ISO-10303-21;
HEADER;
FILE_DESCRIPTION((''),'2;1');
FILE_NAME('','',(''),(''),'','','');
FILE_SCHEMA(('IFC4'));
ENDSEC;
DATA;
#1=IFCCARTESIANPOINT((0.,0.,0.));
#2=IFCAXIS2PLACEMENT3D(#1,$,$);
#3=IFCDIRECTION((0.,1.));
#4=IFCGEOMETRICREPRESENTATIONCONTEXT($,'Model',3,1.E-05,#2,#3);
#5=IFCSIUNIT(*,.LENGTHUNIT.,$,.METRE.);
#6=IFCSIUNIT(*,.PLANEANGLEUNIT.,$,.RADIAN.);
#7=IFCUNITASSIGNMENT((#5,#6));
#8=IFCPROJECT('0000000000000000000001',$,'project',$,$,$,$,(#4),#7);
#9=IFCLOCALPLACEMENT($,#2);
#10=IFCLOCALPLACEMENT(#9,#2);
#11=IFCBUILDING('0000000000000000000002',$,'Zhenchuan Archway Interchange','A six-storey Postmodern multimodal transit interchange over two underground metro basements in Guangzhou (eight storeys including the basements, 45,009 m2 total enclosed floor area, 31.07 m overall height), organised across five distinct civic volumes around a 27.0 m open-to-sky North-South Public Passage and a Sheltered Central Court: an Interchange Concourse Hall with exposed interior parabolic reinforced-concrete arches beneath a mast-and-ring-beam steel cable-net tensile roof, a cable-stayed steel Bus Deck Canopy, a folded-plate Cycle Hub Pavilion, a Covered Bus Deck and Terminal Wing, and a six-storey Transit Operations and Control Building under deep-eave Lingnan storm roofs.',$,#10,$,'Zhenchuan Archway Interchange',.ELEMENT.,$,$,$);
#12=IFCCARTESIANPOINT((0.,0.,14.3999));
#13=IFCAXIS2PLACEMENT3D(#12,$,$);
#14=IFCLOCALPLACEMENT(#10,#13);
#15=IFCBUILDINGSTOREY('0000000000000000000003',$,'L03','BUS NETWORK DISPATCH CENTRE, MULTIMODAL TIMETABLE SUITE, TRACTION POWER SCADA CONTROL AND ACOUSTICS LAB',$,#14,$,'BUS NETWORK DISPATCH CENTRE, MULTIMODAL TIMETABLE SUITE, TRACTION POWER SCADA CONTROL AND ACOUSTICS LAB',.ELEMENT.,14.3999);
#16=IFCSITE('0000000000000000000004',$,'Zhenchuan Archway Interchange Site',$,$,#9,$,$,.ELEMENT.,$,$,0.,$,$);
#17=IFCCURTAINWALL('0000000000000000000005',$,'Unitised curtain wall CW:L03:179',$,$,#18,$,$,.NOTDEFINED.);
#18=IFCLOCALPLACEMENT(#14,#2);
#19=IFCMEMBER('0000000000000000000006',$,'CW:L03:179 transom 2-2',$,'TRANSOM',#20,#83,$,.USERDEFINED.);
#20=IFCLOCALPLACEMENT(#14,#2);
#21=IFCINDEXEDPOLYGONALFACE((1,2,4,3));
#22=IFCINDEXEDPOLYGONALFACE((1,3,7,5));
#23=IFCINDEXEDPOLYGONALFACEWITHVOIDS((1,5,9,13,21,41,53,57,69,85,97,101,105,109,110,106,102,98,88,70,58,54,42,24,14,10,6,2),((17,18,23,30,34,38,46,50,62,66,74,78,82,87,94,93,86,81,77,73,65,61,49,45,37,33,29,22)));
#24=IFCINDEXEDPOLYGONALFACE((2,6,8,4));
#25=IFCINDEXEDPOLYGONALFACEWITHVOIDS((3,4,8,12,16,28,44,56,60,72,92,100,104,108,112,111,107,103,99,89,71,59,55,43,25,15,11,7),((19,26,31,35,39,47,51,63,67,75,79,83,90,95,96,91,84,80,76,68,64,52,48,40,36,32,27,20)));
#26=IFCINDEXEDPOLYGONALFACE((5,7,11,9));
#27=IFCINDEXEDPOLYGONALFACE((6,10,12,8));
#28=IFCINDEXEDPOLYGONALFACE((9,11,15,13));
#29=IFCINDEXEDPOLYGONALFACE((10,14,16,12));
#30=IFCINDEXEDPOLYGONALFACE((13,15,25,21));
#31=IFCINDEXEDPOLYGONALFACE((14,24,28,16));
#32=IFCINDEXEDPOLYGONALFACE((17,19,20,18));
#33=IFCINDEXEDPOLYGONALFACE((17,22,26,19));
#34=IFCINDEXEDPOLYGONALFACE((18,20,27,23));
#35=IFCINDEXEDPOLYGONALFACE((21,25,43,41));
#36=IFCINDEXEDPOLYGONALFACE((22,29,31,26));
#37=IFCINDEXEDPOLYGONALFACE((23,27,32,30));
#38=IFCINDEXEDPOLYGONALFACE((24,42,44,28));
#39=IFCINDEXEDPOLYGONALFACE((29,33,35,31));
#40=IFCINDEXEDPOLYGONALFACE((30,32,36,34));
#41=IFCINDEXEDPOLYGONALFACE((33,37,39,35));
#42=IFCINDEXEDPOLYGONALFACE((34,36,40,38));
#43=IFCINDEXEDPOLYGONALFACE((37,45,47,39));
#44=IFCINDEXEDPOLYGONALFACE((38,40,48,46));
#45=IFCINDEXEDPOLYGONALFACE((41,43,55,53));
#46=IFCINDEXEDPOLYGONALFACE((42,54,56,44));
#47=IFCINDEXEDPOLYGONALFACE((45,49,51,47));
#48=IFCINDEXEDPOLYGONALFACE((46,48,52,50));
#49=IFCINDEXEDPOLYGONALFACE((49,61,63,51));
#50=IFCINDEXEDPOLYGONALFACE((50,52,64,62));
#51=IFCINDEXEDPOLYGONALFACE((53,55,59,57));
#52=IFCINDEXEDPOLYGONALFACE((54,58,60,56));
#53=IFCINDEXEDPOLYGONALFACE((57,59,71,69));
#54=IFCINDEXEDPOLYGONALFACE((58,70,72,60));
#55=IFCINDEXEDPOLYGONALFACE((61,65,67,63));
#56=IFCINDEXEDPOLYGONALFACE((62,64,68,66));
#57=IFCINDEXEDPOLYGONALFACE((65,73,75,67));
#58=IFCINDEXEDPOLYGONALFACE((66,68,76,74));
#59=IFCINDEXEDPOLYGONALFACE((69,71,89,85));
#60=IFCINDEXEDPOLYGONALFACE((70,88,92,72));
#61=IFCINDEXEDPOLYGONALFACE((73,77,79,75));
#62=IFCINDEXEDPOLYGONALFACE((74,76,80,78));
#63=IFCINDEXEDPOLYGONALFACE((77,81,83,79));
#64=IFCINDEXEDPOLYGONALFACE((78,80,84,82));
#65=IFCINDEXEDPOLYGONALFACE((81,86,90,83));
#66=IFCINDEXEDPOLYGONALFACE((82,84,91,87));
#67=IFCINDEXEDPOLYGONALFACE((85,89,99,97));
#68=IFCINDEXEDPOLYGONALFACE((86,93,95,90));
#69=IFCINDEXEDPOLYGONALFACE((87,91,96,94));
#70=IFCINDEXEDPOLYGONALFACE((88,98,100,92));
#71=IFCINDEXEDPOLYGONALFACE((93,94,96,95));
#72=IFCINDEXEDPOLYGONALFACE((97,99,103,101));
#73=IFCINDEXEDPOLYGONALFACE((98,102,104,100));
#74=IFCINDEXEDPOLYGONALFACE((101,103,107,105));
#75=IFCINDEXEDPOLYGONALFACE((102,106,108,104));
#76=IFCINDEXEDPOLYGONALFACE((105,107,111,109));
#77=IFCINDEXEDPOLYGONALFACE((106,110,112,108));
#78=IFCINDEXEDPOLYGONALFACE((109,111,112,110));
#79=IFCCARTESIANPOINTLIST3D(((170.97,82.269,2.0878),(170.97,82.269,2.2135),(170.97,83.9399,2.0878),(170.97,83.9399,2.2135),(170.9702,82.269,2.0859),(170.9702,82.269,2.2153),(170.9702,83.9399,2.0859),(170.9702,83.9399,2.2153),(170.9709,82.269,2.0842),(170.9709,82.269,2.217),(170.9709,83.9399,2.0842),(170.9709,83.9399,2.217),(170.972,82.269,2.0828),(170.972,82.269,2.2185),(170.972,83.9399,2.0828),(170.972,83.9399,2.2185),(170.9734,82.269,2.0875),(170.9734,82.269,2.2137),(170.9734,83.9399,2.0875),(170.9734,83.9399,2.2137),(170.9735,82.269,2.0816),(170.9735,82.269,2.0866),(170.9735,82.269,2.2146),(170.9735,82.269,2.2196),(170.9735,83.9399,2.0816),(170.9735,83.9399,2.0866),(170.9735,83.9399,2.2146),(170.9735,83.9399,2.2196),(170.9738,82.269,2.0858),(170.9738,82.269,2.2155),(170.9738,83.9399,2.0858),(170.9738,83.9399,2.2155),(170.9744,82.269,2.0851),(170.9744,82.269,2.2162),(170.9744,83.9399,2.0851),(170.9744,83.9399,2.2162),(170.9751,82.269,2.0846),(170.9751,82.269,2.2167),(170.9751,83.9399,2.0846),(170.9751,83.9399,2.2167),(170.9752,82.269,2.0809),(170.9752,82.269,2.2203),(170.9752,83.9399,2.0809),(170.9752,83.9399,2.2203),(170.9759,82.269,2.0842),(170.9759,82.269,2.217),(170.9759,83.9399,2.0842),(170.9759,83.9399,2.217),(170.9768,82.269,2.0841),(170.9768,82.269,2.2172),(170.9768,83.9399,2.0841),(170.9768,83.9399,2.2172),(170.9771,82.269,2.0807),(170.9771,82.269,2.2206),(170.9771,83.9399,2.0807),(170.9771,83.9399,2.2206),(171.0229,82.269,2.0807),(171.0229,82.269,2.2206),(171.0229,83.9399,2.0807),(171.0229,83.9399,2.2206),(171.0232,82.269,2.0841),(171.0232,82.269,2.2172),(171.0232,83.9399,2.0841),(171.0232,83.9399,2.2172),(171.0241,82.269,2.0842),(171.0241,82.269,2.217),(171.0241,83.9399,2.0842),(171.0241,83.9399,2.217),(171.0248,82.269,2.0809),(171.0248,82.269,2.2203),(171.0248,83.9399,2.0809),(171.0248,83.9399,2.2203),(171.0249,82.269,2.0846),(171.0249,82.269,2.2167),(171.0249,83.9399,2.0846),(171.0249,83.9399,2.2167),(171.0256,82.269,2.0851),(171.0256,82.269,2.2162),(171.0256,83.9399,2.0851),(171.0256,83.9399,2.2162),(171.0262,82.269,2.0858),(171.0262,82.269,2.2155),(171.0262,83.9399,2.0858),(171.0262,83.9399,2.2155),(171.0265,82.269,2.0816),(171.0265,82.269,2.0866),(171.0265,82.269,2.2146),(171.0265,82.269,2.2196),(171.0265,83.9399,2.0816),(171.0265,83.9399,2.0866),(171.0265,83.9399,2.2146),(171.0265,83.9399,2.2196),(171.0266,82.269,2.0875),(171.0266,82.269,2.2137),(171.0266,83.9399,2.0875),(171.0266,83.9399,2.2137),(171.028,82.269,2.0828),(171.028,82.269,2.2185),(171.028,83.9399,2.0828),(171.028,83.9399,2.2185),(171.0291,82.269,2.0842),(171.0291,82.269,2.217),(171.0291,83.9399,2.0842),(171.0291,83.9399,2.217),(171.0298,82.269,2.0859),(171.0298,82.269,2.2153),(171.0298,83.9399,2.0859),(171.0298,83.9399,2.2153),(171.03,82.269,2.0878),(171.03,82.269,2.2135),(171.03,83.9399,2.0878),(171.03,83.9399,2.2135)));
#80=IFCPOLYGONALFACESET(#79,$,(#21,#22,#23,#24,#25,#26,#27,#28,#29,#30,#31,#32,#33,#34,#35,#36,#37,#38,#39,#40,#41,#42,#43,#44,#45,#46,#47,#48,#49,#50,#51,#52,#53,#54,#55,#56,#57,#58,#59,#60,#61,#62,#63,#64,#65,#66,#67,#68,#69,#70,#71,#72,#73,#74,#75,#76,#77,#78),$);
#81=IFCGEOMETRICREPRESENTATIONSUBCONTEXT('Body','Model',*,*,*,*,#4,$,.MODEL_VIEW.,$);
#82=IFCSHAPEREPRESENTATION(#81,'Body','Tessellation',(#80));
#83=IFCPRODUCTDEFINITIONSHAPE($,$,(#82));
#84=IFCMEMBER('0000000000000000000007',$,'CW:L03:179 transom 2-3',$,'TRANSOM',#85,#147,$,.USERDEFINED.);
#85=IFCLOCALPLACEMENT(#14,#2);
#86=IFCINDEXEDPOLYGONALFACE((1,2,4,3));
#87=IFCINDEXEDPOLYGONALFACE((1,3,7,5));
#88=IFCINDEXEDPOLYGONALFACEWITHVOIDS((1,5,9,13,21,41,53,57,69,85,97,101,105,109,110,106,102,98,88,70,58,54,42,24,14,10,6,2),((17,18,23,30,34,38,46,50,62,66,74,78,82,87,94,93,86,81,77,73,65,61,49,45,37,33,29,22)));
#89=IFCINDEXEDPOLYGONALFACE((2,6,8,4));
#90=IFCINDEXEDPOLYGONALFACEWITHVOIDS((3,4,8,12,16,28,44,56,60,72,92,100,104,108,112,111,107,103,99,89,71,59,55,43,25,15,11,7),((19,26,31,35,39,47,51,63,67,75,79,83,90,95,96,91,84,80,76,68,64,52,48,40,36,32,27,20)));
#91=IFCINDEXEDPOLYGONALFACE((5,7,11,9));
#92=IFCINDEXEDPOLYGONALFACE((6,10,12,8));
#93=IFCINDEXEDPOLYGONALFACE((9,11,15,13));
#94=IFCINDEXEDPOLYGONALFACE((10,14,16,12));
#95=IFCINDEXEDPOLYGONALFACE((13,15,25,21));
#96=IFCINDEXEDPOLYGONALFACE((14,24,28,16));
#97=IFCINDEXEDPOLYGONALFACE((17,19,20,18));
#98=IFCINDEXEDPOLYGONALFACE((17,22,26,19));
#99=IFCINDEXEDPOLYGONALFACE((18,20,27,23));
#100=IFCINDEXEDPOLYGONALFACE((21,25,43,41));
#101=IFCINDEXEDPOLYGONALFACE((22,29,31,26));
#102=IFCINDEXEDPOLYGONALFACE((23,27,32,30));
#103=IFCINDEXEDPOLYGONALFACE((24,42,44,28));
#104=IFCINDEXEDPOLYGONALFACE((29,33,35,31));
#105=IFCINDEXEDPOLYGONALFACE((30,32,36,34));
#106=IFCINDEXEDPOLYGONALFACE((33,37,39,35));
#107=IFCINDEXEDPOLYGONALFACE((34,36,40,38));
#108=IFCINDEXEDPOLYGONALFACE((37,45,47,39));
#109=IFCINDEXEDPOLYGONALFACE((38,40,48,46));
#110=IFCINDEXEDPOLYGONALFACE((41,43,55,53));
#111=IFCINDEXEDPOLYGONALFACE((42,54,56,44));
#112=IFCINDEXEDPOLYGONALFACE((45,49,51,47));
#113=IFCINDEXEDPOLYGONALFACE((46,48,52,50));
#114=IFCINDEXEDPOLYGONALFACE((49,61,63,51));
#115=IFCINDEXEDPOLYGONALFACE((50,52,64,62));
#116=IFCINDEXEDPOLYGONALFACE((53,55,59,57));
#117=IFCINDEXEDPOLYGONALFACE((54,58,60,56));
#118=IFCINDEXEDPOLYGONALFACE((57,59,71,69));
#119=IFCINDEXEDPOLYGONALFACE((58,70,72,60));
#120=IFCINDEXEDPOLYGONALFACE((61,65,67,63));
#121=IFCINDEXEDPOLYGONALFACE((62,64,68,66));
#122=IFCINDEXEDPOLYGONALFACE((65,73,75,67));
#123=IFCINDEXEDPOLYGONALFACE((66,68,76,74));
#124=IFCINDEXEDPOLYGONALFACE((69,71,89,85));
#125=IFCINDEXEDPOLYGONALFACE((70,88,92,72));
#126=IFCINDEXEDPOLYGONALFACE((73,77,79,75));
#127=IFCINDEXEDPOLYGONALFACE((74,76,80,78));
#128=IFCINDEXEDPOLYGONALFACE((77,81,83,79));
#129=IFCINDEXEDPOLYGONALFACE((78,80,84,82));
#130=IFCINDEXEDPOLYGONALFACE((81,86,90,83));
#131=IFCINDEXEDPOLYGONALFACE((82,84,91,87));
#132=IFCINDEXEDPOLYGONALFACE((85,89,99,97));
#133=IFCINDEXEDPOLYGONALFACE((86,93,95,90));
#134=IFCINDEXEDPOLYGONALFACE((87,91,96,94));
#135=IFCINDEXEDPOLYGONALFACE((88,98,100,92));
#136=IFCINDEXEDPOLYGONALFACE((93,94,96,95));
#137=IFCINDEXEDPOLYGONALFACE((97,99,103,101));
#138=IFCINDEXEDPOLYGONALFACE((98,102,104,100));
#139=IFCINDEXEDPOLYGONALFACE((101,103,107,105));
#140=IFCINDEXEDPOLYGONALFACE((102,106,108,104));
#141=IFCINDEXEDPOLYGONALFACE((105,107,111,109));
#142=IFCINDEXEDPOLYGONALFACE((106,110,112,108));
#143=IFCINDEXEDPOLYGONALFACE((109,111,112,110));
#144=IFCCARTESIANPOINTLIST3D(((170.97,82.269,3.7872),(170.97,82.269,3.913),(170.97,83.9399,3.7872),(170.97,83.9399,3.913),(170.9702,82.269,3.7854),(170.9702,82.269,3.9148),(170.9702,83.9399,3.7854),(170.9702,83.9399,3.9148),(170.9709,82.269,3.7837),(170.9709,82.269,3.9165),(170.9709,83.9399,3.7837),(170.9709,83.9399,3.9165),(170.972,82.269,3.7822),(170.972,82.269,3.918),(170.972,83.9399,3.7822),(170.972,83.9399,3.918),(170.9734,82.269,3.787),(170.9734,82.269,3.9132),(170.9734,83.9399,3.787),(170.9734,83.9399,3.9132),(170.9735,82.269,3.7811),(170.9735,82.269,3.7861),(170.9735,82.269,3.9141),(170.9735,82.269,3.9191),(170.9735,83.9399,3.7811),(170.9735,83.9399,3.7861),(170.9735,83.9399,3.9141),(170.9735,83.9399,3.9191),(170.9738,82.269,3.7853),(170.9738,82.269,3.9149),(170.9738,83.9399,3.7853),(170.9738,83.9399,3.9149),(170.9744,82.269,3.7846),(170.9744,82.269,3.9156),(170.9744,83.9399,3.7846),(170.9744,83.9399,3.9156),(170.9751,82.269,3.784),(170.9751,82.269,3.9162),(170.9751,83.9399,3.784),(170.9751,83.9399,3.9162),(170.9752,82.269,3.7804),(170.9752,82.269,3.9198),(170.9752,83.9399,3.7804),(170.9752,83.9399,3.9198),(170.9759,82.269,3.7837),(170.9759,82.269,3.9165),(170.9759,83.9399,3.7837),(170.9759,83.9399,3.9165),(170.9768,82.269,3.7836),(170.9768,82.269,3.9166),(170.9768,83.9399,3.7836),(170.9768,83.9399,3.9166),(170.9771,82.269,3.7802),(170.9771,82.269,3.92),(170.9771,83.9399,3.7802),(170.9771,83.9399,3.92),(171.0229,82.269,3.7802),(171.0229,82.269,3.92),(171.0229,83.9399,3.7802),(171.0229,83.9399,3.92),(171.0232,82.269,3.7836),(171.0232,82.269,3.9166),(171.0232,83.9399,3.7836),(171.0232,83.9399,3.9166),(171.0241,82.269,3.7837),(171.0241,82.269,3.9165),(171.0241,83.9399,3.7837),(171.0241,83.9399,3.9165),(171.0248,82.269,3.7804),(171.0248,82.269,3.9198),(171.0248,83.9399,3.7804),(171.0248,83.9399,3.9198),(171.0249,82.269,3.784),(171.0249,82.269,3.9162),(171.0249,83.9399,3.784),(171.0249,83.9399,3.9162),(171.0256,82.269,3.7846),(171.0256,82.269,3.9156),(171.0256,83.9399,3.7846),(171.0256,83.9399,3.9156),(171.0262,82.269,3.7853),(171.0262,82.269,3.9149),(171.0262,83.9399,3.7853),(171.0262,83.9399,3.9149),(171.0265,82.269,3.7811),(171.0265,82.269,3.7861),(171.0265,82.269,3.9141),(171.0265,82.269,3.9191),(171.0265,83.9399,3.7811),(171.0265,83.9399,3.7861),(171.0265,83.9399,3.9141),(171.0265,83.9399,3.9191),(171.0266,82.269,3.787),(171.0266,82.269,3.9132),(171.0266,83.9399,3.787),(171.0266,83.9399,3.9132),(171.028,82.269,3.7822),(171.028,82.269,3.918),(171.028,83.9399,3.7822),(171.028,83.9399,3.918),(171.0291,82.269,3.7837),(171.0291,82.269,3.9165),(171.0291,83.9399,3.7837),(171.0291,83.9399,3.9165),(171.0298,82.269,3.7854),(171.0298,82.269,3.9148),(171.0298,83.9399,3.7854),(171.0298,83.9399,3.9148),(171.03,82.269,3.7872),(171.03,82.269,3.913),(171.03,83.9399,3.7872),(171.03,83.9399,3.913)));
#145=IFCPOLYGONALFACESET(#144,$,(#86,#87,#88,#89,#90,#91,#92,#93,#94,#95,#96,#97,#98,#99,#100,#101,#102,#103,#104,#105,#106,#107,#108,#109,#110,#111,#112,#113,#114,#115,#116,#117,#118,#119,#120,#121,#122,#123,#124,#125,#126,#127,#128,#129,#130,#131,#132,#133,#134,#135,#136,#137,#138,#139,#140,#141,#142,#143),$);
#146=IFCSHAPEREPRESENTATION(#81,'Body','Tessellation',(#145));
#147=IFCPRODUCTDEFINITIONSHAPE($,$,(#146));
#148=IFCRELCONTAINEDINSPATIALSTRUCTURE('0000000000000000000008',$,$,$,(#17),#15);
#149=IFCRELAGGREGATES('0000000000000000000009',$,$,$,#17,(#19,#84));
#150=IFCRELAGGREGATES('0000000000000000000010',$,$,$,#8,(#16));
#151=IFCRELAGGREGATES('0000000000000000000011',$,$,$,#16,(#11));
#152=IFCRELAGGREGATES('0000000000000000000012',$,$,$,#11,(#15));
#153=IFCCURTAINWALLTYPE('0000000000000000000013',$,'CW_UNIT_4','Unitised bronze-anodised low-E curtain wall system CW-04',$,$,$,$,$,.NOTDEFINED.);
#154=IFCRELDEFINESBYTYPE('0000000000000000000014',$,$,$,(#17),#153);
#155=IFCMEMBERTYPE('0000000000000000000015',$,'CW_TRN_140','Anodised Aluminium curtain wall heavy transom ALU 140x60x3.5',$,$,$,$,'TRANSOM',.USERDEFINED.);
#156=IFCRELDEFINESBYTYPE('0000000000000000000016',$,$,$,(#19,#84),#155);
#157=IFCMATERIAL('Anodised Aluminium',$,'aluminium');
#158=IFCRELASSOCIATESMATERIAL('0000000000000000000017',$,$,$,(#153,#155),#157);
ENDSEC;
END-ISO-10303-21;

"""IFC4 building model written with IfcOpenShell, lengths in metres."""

from ifc_helpers import new_model, si_unit, direction, frame, origin, origin_2d, place, context, subcontext, project, spatial, hollow_rectangle, extrude, material, material_profile, profile_set, type_object, element, aggregate, save


model = new_model("IFC4")

# Units and contexts
model_context = context("Model", 3, precision=1e-05, world=origin(), true_north=direction((0.0, 1.0)))
body_context = subcontext(model_context, "Body", "Model", "MODEL_VIEW")
ifc_project = project(units=[si_unit("LENGTHUNIT", "METRE"), si_unit("PLANEANGLEUNIT", "RADIAN")], contexts=[model_context])

# Site, building, storey
site_placement = place(None, origin())
site = spatial("IfcSite", under=ifc_project, at=site_placement, Name="Zhenchuan Archway Interchange Site", CompositionType="ELEMENT", RefElevation=0.0)
building_placement = place(site_placement, origin())
building = spatial("IfcBuilding", under=site, at=building_placement, Name="Zhenchuan Archway Interchange", Description="A six-storey Postmodern multimodal transit interchange over two underground metro basements in Guangzhou (eight storeys including the basements, 45,009 m2 total enclosed floor area, 31.07 m overall height), organised across five distinct civic volumes around a 27.0 m open-to-sky North-South Public Passage and a Sheltered Central Court: an Interchange Concourse Hall with exposed interior parabolic reinforced-concrete arches beneath a mast-and-ring-beam steel cable-net tensile roof, a cable-stayed steel Bus Deck Canopy, a folded-plate Cycle Hub Pavilion, a Covered Bus Deck and Terminal Wing, and a six-storey Transit Operations and Control Building under deep-eave Lingnan storm roofs.", LongName="Zhenchuan Archway Interchange", CompositionType="ELEMENT")
storey_placement = place(building_placement, frame((0.0, 0.0, 14.3999)))
storey = spatial("IfcBuildingStorey", under=building, at=storey_placement, Name="L03", Description="BUS NETWORK DISPATCH CENTRE, MULTIMODAL TIMETABLE SUITE, TRACTION POWER SCADA CONTROL AND ACOUSTICS LAB", LongName="BUS NETWORK DISPATCH CENTRE, MULTIMODAL TIMETABLE SUITE, TRACTION POWER SCADA CONTROL AND ACOUSTICS LAB", CompositionType="ELEMENT", Elevation=14.3999)

# Curtain wall
ifc_material_1 = material(Name="Anodised Aluminium", Category="aluminium")
curtain_wall_type_1 = type_object("IfcCurtainWallType", Name="CW_UNIT_4", Description="Unitised bronze-anodised low-E curtain wall system CW-04", PredefinedType="NOTDEFINED", material=ifc_material_1)
curtain_wall_1_placement = place(storey_placement, origin())
curtain_wall_1 = element("IfcCurtainWall", 1, at=curtain_wall_1_placement, inside=storey, type_object=curtain_wall_type_1, Name="Unitised curtain wall CW:L03:179", PredefinedType="NOTDEFINED")

# Members
ifc_material_profile_1 = material_profile(ifc_material_1, hollow_rectangle(XDim=0.0601, YDim=0.1399, WallThickness=0.0034, InnerFilletRadius=0.0034, OuterFilletRadius=0.0071, at=origin_2d()), Name="ALU 140x60x3.5")
ifc_profile_set_1 = profile_set([ifc_material_profile_1], Name="Anodised Aluminium")
member_type_1 = type_object("IfcMemberType", Name="CW_TRN_140", Description="Anodised Aluminium curtain wall heavy transom ALU 140x60x3.5", ElementType="TRANSOM", PredefinedType="USERDEFINED", material=ifc_profile_set_1)
member_1_placement = place(storey_placement, frame((171.0, 83.9399, 2.1506), z_axis=(0.0, -1.0, 0.0), x_axis=(1.0, 0.0, 0.0)))
member_1 = element("IfcMember", 2, at=member_1_placement, type_object=member_type_1, Name="CW:L03:179 transom 2-2", ObjectType="TRANSOM", PredefinedType="USERDEFINED", context=body_context, shape_type="SweptSolid", body=[
    extrude(hollow_rectangle(XDim=0.0601, YDim=0.1399, WallThickness=0.0034, InnerFilletRadius=0.0034, OuterFilletRadius=0.0071, at=origin_2d()), origin(), (0.0, 0.0, 1.0), 1.6709),
])
member_2_placement = place(storey_placement, frame((171.0, 83.9399, 3.8501), z_axis=(0.0, -1.0, 0.0), x_axis=(1.0, 0.0, 0.0)))
member_2 = element("IfcMember", 3, at=member_2_placement, type_object=member_type_1, Name="CW:L03:179 transom 2-3", ObjectType="TRANSOM", PredefinedType="USERDEFINED", context=body_context, shape_type="SweptSolid", body=[
    extrude(hollow_rectangle(XDim=0.0601, YDim=0.1399, WallThickness=0.0034, InnerFilletRadius=0.0034, OuterFilletRadius=0.0071, at=origin_2d()), origin(), (0.0, 0.0, 1.0), 1.6709),
])

aggregate(curtain_wall_1, [member_1, member_2])

save(model, "model.ifc")
